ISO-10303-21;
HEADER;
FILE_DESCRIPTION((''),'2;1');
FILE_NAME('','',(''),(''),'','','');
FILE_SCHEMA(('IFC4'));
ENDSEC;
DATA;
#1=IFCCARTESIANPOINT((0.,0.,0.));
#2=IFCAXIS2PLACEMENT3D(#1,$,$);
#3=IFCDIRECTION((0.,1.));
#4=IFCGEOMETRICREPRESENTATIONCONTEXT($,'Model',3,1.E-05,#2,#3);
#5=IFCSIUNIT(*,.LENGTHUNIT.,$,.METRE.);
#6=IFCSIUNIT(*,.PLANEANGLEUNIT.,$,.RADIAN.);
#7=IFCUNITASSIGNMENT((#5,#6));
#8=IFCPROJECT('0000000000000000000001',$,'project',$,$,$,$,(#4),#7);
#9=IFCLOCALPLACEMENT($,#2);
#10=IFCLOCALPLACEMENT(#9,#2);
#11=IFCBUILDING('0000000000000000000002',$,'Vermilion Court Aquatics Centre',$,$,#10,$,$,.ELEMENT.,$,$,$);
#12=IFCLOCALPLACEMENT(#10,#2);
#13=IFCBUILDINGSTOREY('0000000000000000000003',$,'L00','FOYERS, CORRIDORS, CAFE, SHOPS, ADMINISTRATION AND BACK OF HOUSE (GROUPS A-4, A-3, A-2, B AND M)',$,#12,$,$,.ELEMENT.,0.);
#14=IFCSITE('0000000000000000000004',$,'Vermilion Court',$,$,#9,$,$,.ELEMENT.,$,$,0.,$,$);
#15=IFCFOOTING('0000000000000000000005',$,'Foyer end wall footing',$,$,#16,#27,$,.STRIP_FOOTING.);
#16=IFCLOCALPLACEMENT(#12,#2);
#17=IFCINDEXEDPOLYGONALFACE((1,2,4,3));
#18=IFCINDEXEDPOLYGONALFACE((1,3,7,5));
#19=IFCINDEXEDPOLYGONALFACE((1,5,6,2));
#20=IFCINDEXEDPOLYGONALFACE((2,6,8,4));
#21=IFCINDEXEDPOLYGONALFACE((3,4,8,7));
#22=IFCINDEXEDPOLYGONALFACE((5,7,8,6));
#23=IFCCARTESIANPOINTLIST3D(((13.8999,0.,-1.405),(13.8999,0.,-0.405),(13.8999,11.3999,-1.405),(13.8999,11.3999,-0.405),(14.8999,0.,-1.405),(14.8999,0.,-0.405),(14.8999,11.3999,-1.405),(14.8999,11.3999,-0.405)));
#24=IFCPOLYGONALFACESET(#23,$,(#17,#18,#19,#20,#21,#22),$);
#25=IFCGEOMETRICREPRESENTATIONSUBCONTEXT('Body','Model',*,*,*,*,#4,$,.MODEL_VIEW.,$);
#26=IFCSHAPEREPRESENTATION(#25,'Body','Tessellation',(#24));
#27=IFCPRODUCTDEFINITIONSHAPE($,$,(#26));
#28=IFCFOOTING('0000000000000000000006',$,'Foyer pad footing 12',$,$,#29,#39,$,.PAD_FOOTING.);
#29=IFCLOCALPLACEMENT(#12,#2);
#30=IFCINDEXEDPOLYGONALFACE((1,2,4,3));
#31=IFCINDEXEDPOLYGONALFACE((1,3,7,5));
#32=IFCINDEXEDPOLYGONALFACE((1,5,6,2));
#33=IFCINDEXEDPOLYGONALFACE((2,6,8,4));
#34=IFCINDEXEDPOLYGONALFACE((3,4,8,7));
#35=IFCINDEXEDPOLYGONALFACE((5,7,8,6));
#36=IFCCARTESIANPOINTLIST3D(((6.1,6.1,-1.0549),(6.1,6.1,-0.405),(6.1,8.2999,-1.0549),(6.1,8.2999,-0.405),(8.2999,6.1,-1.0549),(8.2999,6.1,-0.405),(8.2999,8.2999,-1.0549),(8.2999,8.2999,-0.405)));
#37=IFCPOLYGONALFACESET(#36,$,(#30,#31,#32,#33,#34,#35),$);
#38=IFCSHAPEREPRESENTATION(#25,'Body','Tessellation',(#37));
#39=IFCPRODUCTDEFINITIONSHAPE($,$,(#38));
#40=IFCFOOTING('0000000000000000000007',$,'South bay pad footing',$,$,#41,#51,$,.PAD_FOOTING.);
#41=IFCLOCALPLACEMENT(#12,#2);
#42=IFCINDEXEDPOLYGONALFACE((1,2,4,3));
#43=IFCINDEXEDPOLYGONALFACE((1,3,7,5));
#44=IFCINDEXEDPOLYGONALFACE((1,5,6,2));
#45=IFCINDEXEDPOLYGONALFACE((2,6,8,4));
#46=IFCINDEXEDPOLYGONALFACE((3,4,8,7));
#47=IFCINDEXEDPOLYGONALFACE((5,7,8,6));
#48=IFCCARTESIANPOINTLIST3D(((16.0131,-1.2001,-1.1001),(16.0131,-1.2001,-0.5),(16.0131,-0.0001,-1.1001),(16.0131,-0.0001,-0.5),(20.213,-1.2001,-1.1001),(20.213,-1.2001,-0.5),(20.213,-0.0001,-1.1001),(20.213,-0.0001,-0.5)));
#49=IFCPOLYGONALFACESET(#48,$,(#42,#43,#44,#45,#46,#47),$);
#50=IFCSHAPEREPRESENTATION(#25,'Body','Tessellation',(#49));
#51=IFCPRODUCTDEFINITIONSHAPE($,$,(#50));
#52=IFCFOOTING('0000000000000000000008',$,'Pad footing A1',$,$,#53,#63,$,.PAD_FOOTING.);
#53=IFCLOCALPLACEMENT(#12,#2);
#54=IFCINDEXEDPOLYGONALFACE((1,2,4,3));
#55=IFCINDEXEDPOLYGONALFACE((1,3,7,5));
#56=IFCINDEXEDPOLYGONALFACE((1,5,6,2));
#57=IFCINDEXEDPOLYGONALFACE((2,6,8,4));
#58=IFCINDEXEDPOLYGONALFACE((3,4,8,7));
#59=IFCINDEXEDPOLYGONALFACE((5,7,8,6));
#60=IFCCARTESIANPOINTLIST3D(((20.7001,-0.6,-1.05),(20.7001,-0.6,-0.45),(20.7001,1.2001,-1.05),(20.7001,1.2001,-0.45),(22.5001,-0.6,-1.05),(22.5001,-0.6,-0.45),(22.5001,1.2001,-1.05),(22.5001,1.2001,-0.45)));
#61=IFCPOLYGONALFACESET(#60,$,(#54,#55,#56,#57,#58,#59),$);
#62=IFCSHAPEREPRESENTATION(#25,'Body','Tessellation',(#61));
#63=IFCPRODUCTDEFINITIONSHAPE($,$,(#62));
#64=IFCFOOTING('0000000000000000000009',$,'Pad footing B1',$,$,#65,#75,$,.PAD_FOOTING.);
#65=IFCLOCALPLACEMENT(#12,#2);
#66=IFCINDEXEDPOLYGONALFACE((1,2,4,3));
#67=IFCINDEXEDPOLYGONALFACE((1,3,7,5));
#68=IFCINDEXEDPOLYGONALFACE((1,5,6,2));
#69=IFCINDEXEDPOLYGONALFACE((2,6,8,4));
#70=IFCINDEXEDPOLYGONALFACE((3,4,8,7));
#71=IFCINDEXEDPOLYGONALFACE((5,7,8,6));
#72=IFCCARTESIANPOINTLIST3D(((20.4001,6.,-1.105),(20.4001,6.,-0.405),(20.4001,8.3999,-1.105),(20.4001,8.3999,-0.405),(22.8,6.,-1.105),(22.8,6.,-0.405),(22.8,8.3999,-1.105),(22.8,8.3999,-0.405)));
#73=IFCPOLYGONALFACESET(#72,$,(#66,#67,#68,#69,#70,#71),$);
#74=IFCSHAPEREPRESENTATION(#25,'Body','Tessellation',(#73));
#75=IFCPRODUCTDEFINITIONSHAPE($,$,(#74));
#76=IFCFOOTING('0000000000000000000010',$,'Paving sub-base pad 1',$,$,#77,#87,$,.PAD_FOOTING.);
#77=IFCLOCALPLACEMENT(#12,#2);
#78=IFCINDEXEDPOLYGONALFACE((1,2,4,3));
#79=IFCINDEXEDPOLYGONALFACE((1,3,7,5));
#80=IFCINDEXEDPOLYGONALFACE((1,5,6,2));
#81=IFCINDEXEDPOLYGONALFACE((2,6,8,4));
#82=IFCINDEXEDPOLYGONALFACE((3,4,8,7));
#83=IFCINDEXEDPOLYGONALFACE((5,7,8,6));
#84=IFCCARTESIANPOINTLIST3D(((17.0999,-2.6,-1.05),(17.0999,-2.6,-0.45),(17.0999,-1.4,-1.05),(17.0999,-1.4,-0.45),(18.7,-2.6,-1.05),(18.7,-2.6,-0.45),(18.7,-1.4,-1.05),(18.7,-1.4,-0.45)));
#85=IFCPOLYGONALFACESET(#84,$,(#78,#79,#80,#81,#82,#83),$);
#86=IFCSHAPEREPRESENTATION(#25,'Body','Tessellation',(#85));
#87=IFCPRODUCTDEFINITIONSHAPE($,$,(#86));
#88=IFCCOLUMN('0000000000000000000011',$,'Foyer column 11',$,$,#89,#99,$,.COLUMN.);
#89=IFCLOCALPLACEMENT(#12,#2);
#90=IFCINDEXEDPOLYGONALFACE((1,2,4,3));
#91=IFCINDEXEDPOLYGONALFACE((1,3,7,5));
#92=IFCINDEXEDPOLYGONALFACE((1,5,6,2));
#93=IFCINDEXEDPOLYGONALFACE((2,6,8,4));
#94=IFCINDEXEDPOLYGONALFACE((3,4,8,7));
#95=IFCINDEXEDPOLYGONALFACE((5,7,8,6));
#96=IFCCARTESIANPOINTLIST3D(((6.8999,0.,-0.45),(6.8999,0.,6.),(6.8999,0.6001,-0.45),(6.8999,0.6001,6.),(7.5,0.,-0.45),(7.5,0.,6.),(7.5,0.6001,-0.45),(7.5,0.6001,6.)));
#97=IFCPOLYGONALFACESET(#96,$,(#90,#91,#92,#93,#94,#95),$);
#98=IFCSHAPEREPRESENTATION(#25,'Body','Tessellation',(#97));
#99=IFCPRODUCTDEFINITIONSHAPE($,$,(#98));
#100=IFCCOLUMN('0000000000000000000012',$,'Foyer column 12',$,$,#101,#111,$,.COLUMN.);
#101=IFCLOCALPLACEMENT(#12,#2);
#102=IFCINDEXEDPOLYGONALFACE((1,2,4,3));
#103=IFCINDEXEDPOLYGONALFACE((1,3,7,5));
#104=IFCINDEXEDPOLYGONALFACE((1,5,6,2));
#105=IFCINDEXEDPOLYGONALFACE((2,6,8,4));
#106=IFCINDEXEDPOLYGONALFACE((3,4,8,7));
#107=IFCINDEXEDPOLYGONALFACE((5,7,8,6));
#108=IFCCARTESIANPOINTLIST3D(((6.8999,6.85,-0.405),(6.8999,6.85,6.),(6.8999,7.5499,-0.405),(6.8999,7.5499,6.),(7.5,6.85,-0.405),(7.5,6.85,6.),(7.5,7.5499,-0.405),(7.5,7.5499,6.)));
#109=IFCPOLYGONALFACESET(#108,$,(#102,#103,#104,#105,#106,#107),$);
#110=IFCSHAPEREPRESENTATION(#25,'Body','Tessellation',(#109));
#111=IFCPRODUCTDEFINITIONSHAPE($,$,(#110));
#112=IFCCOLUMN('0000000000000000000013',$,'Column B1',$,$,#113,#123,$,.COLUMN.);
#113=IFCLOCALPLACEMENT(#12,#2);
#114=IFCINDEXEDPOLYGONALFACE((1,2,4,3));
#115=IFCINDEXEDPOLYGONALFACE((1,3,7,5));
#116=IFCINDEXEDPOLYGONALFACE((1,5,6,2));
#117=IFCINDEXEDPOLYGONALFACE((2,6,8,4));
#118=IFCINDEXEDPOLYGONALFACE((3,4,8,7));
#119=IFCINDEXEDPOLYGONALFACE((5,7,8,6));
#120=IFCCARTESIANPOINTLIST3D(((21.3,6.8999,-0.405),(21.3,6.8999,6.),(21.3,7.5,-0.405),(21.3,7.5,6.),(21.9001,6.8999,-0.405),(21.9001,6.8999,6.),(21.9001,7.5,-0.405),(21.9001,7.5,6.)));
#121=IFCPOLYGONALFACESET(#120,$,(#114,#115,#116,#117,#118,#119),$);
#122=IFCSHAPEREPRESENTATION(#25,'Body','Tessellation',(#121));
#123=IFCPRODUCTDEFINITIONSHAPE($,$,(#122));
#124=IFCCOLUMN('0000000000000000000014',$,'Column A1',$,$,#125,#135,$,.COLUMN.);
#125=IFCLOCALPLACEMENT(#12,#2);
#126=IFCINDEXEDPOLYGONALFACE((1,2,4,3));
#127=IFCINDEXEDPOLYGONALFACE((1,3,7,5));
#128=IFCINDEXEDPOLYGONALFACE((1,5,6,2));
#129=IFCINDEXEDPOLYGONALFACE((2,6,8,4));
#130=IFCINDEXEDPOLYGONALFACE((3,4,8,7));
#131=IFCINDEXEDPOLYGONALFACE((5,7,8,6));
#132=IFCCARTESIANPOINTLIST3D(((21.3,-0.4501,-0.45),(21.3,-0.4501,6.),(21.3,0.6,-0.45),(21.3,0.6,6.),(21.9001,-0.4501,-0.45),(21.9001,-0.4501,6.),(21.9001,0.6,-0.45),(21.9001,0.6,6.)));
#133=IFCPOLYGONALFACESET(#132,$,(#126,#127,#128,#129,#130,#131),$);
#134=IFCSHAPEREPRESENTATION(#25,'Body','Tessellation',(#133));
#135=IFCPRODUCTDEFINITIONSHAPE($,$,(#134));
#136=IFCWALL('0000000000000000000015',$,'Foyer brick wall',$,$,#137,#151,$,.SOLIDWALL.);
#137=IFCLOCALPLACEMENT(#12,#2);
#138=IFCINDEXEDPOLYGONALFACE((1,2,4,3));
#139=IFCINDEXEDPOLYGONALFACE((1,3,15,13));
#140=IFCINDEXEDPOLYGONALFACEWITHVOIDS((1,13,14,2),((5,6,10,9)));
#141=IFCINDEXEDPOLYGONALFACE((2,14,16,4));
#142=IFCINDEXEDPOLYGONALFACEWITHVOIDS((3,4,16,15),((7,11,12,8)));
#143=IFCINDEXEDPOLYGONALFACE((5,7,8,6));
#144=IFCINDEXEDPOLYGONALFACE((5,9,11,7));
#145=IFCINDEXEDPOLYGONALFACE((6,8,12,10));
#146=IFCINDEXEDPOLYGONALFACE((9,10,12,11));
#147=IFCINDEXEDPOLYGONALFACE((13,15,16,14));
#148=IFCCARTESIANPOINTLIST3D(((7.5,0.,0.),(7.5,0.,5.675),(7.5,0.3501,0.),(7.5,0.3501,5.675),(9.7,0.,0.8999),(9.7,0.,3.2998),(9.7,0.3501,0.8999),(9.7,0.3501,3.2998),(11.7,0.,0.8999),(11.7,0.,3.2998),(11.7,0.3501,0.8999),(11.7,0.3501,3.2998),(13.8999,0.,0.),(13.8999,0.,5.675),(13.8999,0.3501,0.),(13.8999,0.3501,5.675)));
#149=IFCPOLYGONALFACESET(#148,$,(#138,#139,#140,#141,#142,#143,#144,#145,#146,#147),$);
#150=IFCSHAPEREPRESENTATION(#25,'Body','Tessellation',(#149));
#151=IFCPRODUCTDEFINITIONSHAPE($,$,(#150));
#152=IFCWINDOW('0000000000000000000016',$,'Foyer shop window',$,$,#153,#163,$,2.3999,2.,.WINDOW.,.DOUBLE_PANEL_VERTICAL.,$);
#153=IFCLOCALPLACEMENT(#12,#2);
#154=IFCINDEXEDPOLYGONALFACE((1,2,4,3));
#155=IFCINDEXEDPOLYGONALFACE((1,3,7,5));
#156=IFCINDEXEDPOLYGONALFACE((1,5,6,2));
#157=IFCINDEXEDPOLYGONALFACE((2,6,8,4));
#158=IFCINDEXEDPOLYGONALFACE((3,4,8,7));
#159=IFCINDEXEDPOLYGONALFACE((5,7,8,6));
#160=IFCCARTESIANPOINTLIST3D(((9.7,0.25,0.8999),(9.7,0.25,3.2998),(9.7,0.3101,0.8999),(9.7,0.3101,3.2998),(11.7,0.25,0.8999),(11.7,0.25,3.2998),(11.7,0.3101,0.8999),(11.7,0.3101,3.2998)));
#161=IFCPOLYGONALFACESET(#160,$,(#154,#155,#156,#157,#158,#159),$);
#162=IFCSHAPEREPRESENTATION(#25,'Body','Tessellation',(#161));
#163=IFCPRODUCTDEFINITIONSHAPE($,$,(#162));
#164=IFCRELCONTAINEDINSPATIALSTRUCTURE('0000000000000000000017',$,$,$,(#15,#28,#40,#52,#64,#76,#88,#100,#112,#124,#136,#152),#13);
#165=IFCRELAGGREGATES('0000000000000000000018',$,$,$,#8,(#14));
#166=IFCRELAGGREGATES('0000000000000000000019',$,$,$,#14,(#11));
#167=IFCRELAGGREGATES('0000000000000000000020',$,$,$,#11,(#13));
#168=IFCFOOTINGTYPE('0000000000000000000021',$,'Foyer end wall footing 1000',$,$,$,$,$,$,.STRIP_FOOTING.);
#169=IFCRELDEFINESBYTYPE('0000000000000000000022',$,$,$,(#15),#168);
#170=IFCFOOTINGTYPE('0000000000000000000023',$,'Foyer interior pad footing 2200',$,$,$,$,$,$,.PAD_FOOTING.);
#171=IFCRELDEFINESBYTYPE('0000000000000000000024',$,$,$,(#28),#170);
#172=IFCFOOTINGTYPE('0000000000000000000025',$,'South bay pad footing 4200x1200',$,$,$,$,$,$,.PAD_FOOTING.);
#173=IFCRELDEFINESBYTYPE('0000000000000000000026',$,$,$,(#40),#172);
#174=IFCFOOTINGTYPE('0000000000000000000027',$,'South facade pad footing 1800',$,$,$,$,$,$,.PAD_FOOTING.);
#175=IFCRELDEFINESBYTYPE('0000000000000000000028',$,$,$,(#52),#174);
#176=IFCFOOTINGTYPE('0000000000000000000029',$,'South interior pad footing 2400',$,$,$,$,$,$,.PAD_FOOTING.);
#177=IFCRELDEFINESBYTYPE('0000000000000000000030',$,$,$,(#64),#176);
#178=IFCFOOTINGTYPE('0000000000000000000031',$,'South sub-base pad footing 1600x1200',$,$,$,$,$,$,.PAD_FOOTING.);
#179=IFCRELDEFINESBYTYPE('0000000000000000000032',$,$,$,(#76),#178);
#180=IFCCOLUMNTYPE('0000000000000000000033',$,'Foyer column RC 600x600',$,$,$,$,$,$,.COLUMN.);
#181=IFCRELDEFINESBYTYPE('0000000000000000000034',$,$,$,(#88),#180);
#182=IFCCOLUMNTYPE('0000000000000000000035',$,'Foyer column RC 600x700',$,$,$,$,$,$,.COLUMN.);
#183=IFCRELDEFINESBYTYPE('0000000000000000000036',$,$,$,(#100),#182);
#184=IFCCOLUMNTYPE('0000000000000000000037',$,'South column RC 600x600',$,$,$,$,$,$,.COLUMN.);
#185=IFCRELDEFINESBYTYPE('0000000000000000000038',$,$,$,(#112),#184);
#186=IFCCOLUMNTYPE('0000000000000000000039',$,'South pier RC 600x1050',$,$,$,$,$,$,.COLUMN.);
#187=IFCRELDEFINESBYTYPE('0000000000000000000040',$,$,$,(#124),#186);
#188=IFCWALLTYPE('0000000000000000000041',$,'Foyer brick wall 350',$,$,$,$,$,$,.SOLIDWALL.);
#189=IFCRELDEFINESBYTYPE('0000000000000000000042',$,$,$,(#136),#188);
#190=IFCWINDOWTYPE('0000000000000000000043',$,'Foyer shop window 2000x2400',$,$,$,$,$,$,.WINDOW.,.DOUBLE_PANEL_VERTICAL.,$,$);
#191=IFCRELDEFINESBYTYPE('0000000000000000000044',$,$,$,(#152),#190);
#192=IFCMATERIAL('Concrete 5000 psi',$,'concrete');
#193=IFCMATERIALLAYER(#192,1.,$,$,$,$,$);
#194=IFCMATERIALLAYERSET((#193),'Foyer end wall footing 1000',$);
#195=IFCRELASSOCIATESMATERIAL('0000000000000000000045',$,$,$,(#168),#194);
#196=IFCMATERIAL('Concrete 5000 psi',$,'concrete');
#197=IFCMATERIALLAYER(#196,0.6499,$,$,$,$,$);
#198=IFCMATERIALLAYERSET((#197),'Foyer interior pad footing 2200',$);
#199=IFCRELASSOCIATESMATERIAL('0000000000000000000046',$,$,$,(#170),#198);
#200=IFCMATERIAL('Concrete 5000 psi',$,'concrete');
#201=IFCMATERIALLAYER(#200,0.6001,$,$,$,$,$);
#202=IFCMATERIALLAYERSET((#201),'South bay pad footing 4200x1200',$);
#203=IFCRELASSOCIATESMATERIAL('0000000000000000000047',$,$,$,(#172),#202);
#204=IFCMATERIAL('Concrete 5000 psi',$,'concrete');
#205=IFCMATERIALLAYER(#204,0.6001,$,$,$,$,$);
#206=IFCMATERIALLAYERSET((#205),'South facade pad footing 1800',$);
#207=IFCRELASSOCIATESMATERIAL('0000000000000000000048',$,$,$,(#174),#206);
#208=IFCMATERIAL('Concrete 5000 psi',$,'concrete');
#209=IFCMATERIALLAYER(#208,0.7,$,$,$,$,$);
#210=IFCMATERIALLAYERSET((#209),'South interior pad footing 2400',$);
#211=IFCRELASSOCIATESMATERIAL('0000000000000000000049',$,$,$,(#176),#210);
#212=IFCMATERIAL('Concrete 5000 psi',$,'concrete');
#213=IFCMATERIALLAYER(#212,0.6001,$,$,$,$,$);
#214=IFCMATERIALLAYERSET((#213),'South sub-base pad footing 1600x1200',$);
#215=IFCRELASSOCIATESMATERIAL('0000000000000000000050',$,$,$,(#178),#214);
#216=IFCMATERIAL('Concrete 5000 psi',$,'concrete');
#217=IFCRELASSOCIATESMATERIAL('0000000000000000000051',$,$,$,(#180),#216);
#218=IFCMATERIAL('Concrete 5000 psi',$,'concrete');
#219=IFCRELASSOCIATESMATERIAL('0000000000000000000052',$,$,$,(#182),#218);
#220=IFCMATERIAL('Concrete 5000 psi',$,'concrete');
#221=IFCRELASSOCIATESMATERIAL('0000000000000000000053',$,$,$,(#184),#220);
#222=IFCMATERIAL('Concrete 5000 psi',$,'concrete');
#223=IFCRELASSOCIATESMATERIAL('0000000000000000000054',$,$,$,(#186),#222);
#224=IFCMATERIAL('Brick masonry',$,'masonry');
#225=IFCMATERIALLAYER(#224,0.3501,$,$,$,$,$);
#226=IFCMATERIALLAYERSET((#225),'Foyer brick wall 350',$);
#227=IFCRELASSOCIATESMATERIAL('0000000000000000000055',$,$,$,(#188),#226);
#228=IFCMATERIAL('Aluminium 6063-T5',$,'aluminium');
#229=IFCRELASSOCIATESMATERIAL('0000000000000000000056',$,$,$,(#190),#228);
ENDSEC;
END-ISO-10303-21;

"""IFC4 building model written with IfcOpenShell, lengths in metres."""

from ifc_helpers import new_model, si_unit, direction, frame, frame_2d, origin, origin_2d, place, context, subcontext, project, spatial, rectangle, extrude, material, layer, layer_set, material_profile, profile_set, type_object, element, fill, save


model = new_model("IFC4")

# Units and contexts
model_context = context("Model", 3, precision=1e-05, world=origin(), true_north=direction((0.0, 1.0)))
body_context = subcontext(model_context, "Body", "Model", "MODEL_VIEW")
ifc_project = project(units=[si_unit("LENGTHUNIT", "METRE"), si_unit("PLANEANGLEUNIT", "RADIAN")], contexts=[model_context])

# Site, building, storey
site_placement = place(None, origin())
site = spatial("IfcSite", under=ifc_project, at=site_placement, Name="Vermilion Court", CompositionType="ELEMENT", RefElevation=0.0)
building_placement = place(site_placement, origin())
building = spatial("IfcBuilding", under=site, at=building_placement, Name="Vermilion Court Aquatics Centre", CompositionType="ELEMENT")
storey_placement = place(building_placement, origin())
storey = spatial("IfcBuildingStorey", under=building, at=storey_placement, Name="L00", Description="FOYERS, CORRIDORS, CAFE, SHOPS, ADMINISTRATION AND BACK OF HOUSE (GROUPS A-4, A-3, A-2, B AND M)", CompositionType="ELEMENT", Elevation=0.0)

# Footings
ifc_material_1 = material(Name="Concrete 5000 psi", Category="concrete")
ifc_layer_1 = layer(ifc_material_1, 1.0)
ifc_layer_set_1 = layer_set([ifc_layer_1], Name="Foyer end wall footing 1000")
footing_type_1 = type_object("IfcFootingType", Name="Foyer end wall footing 1000", PredefinedType="STRIP_FOOTING", material=ifc_layer_set_1)
footing_1_placement = place(storey_placement, frame((14.3999, 5.7, -1.405), z_axis=(0.0, 0.0, 1.0), x_axis=(1.0, 0.0, 0.0)))
element("IfcFooting", 1, at=footing_1_placement, inside=storey, type_object=footing_type_1, Name="Foyer end wall footing", PredefinedType="STRIP_FOOTING", context=body_context, shape_type="SweptSolid", body=[
    extrude(rectangle(XDim=1.0, YDim=11.3999, at=origin_2d()), origin(), (0.0, 0.0, 1.0), 1.0),
])
ifc_material_2 = material(Name="Concrete 5000 psi", Category="concrete")
ifc_layer_2 = layer(ifc_material_2, 0.6499)
ifc_layer_set_2 = layer_set([ifc_layer_2], Name="Foyer interior pad footing 2200")
footing_type_2 = type_object("IfcFootingType", Name="Foyer interior pad footing 2200", PredefinedType="PAD_FOOTING", material=ifc_layer_set_2)
footing_2_placement = place(storey_placement, frame((7.2, 7.2, -1.0549), z_axis=(0.0, 0.0, 1.0), x_axis=(1.0, 0.0, 0.0)))
element("IfcFooting", 2, at=footing_2_placement, inside=storey, type_object=footing_type_2, Name="Foyer pad footing 12", PredefinedType="PAD_FOOTING", context=body_context, shape_type="SweptSolid", body=[
    extrude(rectangle(XDim=2.2, YDim=2.2, at=origin_2d()), origin(), (0.0, 0.0, 1.0), 0.6499),
])
ifc_material_3 = material(Name="Concrete 5000 psi", Category="concrete")
ifc_layer_3 = layer(ifc_material_3, 0.6001)
ifc_layer_set_3 = layer_set([ifc_layer_3], Name="South bay pad footing 4200x1200")
footing_type_3 = type_object("IfcFootingType", Name="South bay pad footing 4200x1200", PredefinedType="PAD_FOOTING", material=ifc_layer_set_3)
footing_3_placement = place(storey_placement, frame((18.113, -0.6001, -1.1001), z_axis=(0.0, 0.0, 1.0), x_axis=(1.0, 0.0, 0.0)))
element("IfcFooting", 3, at=footing_3_placement, inside=storey, type_object=footing_type_3, Name="South bay pad footing", PredefinedType="PAD_FOOTING", context=body_context, shape_type="SweptSolid", body=[
    extrude(rectangle(XDim=4.2, YDim=1.2, at=origin_2d()), origin(), (0.0, 0.0, 1.0), 0.6001),
])
ifc_material_4 = material(Name="Concrete 5000 psi", Category="concrete")
ifc_layer_4 = layer(ifc_material_4, 0.6001)
ifc_layer_set_4 = layer_set([ifc_layer_4], Name="South facade pad footing 1800")
footing_type_4 = type_object("IfcFootingType", Name="South facade pad footing 1800", PredefinedType="PAD_FOOTING", material=ifc_layer_set_4)
footing_4_placement = place(storey_placement, frame((21.6001, 0.3, -1.05), z_axis=(0.0, 0.0, 1.0), x_axis=(1.0, 0.0, 0.0)))
element("IfcFooting", 4, at=footing_4_placement, inside=storey, type_object=footing_type_4, Name="Pad footing A1", PredefinedType="PAD_FOOTING", context=body_context, shape_type="SweptSolid", body=[
    extrude(rectangle(XDim=1.8, YDim=1.8, at=origin_2d()), origin(), (0.0, 0.0, 1.0), 0.6001),
])
ifc_material_5 = material(Name="Concrete 5000 psi", Category="concrete")
ifc_layer_5 = layer(ifc_material_5, 0.7)
ifc_layer_set_5 = layer_set([ifc_layer_5], Name="South interior pad footing 2400")
footing_type_5 = type_object("IfcFootingType", Name="South interior pad footing 2400", PredefinedType="PAD_FOOTING", material=ifc_layer_set_5)
footing_5_placement = place(storey_placement, frame((21.6001, 7.2, -1.105), z_axis=(0.0, 0.0, 1.0), x_axis=(1.0, 0.0, 0.0)))
element("IfcFooting", 5, at=footing_5_placement, inside=storey, type_object=footing_type_5, Name="Pad footing B1", PredefinedType="PAD_FOOTING", context=body_context, shape_type="SweptSolid", body=[
    extrude(rectangle(XDim=2.3999, YDim=2.3999, at=origin_2d()), origin(), (0.0, 0.0, 1.0), 0.7),
])
ifc_material_6 = material(Name="Concrete 5000 psi", Category="concrete")
ifc_layer_6 = layer(ifc_material_6, 0.6001)
ifc_layer_set_6 = layer_set([ifc_layer_6], Name="South sub-base pad footing 1600x1200")
footing_type_6 = type_object("IfcFootingType", Name="South sub-base pad footing 1600x1200", PredefinedType="PAD_FOOTING", material=ifc_layer_set_6)
footing_6_placement = place(storey_placement, frame((17.8999, -2.0, -1.05), z_axis=(0.0, 0.0, 1.0), x_axis=(1.0, 0.0, 0.0)))
element("IfcFooting", 6, at=footing_6_placement, inside=storey, type_object=footing_type_6, Name="Paving sub-base pad 1", PredefinedType="PAD_FOOTING", context=body_context, shape_type="SweptSolid", body=[
    extrude(rectangle(XDim=1.6001, YDim=1.2, at=origin_2d()), origin(), (0.0, 0.0, 1.0), 0.6001),
])

# Columns
ifc_material_7 = material(Name="Concrete 5000 psi", Category="concrete")
ifc_material_profile_1 = material_profile(ifc_material_7, rectangle(XDim=0.6001, YDim=0.6001, at=origin_2d()), Name="RC 600x600")
ifc_profile_set_1 = profile_set([ifc_material_profile_1], Name="Concrete 5000 psi")
column_type_1 = type_object("IfcColumnType", Name="Foyer column RC 600x600", PredefinedType="COLUMN", material=ifc_profile_set_1)
column_1_placement = place(storey_placement, frame((7.2, 0.3, -0.45), z_axis=(0.0, 0.0, 1.0), x_axis=(1.0, 0.0, 0.0)))
element("IfcColumn", 7, at=column_1_placement, inside=storey, type_object=column_type_1, Name="Foyer column 11", PredefinedType="COLUMN", context=body_context, shape_type="SweptSolid", body=[
    extrude(rectangle(XDim=0.6001, YDim=0.6001, at=origin_2d()), origin(), (0.0, 0.0, 1.0), 6.45),
])
ifc_material_8 = material(Name="Concrete 5000 psi", Category="concrete")
ifc_material_profile_2 = material_profile(ifc_material_8, rectangle(XDim=0.6001, YDim=0.7, at=origin_2d()), Name="RC 600x700")
ifc_profile_set_2 = profile_set([ifc_material_profile_2], Name="Concrete 5000 psi")
column_type_2 = type_object("IfcColumnType", Name="Foyer column RC 600x700", PredefinedType="COLUMN", material=ifc_profile_set_2)
column_2_placement = place(storey_placement, frame((7.2, 7.2, -0.405), z_axis=(0.0, 0.0, 1.0), x_axis=(1.0, 0.0, 0.0)))
element("IfcColumn", 8, at=column_2_placement, inside=storey, type_object=column_type_2, Name="Foyer column 12", PredefinedType="COLUMN", context=body_context, shape_type="SweptSolid", body=[
    extrude(rectangle(XDim=0.6001, YDim=0.7, at=origin_2d()), origin(), (0.0, 0.0, 1.0), 6.405),
])
ifc_material_9 = material(Name="Concrete 5000 psi", Category="concrete")
ifc_material_profile_3 = material_profile(ifc_material_9, rectangle(XDim=0.6001, YDim=0.6001, at=origin_2d()), Name="RC 600x600")
ifc_profile_set_3 = profile_set([ifc_material_profile_3], Name="Concrete 5000 psi")
column_type_3 = type_object("IfcColumnType", Name="South column RC 600x600", PredefinedType="COLUMN", material=ifc_profile_set_3)
column_3_placement = place(storey_placement, frame((21.6001, 7.2, -0.405), z_axis=(0.0, 0.0, 1.0), x_axis=(1.0, 0.0, 0.0)))
element("IfcColumn", 9, at=column_3_placement, inside=storey, type_object=column_type_3, Name="Column B1", PredefinedType="COLUMN", context=body_context, shape_type="SweptSolid", body=[
    extrude(rectangle(XDim=0.6001, YDim=0.6001, at=origin_2d()), origin(), (0.0, 0.0, 1.0), 6.405),
])
ifc_material_10 = material(Name="Concrete 5000 psi", Category="concrete")
ifc_material_profile_4 = material_profile(ifc_material_10, rectangle(XDim=0.6001, YDim=1.05, at=origin_2d()), Name="RC 600x1050")
ifc_profile_set_4 = profile_set([ifc_material_profile_4], Name="Concrete 5000 psi")
column_type_4 = type_object("IfcColumnType", Name="South pier RC 600x1050", PredefinedType="COLUMN", material=ifc_profile_set_4)
column_4_placement = place(storey_placement, frame((21.6001, 0.075, -0.45), z_axis=(0.0, 0.0, 1.0), x_axis=(1.0, 0.0, 0.0)))
element("IfcColumn", 10, at=column_4_placement, inside=storey, type_object=column_type_4, Name="Column A1", PredefinedType="COLUMN", context=body_context, shape_type="SweptSolid", body=[
    extrude(rectangle(XDim=0.6001, YDim=1.05, at=origin_2d()), origin(), (0.0, 0.0, 1.0), 6.45),
])

# Wall, opening, window
ifc_material_11 = material(Name="Brick masonry", Category="masonry")
ifc_layer_7 = layer(ifc_material_11, 0.3501)
ifc_layer_set_7 = layer_set([ifc_layer_7], Name="Foyer brick wall 350")
wall_type_1 = type_object("IfcWallType", Name="Foyer brick wall 350", PredefinedType="SOLIDWALL", material=ifc_layer_set_7)
wall_1_placement = place(storey_placement, frame((7.5, 0.175, 0.0), z_axis=(0.0, 0.0, 1.0), x_axis=(1.0, 0.0, 0.0)))
wall_1 = element("IfcWall", 11, at=wall_1_placement, inside=storey, type_object=wall_type_1, Name="Foyer brick wall", PredefinedType="SOLIDWALL", context=body_context, shape_type="SweptSolid", body=[
    extrude(rectangle(XDim=6.3999, YDim=0.3501, at=frame_2d((3.2, 0.0))), origin(), (0.0, 0.0, 1.0), 5.675),
])
opening_1_placement = place(wall_1_placement, frame((2.2, 0.0, 0.8999)))
opening_1 = element("IfcOpeningElement", 12, at=opening_1_placement, cuts=wall_1, PredefinedType="OPENING", context=body_context, shape_type="SweptSolid", body=[
    extrude(rectangle(XDim=2.0, YDim=2.3999, at=frame_2d((1.0, 1.2))), frame((0.0, 0.1851, 0.0), z_axis=(0.0, -1.0, 0.0), x_axis=(1.0, 0.0, 0.0)), (0.0, 0.0, 1.0), 0.3701),
])
ifc_material_12 = material(Name="Aluminium 6063-T5", Category="aluminium")
window_type = type_object("IfcWindowType", Name="Foyer shop window 2000x2400", PartitioningType="DOUBLE_PANEL_VERTICAL", PredefinedType="WINDOW", material=ifc_material_12)
window_placement = place(opening_1_placement, origin())
window = element("IfcWindow", 13, at=window_placement, inside=storey, type_object=window_type, Name="Foyer shop window", OverallHeight=2.3999, OverallWidth=2.0, PartitioningType="DOUBLE_PANEL_VERTICAL", PredefinedType="WINDOW", context=body_context, shape_type="SweptSolid", body=[
    extrude(rectangle(XDim=2.0, YDim=2.3999, at=frame_2d((1.0, 1.2))), frame((0.0, 0.135, 0.0), z_axis=(0.0, -1.0, 0.0), x_axis=(1.0, 0.0, 0.0)), (0.0, 0.0, 1.0), 0.0601),
])
fill(opening_1, window)

save(model, "model.ifc")
